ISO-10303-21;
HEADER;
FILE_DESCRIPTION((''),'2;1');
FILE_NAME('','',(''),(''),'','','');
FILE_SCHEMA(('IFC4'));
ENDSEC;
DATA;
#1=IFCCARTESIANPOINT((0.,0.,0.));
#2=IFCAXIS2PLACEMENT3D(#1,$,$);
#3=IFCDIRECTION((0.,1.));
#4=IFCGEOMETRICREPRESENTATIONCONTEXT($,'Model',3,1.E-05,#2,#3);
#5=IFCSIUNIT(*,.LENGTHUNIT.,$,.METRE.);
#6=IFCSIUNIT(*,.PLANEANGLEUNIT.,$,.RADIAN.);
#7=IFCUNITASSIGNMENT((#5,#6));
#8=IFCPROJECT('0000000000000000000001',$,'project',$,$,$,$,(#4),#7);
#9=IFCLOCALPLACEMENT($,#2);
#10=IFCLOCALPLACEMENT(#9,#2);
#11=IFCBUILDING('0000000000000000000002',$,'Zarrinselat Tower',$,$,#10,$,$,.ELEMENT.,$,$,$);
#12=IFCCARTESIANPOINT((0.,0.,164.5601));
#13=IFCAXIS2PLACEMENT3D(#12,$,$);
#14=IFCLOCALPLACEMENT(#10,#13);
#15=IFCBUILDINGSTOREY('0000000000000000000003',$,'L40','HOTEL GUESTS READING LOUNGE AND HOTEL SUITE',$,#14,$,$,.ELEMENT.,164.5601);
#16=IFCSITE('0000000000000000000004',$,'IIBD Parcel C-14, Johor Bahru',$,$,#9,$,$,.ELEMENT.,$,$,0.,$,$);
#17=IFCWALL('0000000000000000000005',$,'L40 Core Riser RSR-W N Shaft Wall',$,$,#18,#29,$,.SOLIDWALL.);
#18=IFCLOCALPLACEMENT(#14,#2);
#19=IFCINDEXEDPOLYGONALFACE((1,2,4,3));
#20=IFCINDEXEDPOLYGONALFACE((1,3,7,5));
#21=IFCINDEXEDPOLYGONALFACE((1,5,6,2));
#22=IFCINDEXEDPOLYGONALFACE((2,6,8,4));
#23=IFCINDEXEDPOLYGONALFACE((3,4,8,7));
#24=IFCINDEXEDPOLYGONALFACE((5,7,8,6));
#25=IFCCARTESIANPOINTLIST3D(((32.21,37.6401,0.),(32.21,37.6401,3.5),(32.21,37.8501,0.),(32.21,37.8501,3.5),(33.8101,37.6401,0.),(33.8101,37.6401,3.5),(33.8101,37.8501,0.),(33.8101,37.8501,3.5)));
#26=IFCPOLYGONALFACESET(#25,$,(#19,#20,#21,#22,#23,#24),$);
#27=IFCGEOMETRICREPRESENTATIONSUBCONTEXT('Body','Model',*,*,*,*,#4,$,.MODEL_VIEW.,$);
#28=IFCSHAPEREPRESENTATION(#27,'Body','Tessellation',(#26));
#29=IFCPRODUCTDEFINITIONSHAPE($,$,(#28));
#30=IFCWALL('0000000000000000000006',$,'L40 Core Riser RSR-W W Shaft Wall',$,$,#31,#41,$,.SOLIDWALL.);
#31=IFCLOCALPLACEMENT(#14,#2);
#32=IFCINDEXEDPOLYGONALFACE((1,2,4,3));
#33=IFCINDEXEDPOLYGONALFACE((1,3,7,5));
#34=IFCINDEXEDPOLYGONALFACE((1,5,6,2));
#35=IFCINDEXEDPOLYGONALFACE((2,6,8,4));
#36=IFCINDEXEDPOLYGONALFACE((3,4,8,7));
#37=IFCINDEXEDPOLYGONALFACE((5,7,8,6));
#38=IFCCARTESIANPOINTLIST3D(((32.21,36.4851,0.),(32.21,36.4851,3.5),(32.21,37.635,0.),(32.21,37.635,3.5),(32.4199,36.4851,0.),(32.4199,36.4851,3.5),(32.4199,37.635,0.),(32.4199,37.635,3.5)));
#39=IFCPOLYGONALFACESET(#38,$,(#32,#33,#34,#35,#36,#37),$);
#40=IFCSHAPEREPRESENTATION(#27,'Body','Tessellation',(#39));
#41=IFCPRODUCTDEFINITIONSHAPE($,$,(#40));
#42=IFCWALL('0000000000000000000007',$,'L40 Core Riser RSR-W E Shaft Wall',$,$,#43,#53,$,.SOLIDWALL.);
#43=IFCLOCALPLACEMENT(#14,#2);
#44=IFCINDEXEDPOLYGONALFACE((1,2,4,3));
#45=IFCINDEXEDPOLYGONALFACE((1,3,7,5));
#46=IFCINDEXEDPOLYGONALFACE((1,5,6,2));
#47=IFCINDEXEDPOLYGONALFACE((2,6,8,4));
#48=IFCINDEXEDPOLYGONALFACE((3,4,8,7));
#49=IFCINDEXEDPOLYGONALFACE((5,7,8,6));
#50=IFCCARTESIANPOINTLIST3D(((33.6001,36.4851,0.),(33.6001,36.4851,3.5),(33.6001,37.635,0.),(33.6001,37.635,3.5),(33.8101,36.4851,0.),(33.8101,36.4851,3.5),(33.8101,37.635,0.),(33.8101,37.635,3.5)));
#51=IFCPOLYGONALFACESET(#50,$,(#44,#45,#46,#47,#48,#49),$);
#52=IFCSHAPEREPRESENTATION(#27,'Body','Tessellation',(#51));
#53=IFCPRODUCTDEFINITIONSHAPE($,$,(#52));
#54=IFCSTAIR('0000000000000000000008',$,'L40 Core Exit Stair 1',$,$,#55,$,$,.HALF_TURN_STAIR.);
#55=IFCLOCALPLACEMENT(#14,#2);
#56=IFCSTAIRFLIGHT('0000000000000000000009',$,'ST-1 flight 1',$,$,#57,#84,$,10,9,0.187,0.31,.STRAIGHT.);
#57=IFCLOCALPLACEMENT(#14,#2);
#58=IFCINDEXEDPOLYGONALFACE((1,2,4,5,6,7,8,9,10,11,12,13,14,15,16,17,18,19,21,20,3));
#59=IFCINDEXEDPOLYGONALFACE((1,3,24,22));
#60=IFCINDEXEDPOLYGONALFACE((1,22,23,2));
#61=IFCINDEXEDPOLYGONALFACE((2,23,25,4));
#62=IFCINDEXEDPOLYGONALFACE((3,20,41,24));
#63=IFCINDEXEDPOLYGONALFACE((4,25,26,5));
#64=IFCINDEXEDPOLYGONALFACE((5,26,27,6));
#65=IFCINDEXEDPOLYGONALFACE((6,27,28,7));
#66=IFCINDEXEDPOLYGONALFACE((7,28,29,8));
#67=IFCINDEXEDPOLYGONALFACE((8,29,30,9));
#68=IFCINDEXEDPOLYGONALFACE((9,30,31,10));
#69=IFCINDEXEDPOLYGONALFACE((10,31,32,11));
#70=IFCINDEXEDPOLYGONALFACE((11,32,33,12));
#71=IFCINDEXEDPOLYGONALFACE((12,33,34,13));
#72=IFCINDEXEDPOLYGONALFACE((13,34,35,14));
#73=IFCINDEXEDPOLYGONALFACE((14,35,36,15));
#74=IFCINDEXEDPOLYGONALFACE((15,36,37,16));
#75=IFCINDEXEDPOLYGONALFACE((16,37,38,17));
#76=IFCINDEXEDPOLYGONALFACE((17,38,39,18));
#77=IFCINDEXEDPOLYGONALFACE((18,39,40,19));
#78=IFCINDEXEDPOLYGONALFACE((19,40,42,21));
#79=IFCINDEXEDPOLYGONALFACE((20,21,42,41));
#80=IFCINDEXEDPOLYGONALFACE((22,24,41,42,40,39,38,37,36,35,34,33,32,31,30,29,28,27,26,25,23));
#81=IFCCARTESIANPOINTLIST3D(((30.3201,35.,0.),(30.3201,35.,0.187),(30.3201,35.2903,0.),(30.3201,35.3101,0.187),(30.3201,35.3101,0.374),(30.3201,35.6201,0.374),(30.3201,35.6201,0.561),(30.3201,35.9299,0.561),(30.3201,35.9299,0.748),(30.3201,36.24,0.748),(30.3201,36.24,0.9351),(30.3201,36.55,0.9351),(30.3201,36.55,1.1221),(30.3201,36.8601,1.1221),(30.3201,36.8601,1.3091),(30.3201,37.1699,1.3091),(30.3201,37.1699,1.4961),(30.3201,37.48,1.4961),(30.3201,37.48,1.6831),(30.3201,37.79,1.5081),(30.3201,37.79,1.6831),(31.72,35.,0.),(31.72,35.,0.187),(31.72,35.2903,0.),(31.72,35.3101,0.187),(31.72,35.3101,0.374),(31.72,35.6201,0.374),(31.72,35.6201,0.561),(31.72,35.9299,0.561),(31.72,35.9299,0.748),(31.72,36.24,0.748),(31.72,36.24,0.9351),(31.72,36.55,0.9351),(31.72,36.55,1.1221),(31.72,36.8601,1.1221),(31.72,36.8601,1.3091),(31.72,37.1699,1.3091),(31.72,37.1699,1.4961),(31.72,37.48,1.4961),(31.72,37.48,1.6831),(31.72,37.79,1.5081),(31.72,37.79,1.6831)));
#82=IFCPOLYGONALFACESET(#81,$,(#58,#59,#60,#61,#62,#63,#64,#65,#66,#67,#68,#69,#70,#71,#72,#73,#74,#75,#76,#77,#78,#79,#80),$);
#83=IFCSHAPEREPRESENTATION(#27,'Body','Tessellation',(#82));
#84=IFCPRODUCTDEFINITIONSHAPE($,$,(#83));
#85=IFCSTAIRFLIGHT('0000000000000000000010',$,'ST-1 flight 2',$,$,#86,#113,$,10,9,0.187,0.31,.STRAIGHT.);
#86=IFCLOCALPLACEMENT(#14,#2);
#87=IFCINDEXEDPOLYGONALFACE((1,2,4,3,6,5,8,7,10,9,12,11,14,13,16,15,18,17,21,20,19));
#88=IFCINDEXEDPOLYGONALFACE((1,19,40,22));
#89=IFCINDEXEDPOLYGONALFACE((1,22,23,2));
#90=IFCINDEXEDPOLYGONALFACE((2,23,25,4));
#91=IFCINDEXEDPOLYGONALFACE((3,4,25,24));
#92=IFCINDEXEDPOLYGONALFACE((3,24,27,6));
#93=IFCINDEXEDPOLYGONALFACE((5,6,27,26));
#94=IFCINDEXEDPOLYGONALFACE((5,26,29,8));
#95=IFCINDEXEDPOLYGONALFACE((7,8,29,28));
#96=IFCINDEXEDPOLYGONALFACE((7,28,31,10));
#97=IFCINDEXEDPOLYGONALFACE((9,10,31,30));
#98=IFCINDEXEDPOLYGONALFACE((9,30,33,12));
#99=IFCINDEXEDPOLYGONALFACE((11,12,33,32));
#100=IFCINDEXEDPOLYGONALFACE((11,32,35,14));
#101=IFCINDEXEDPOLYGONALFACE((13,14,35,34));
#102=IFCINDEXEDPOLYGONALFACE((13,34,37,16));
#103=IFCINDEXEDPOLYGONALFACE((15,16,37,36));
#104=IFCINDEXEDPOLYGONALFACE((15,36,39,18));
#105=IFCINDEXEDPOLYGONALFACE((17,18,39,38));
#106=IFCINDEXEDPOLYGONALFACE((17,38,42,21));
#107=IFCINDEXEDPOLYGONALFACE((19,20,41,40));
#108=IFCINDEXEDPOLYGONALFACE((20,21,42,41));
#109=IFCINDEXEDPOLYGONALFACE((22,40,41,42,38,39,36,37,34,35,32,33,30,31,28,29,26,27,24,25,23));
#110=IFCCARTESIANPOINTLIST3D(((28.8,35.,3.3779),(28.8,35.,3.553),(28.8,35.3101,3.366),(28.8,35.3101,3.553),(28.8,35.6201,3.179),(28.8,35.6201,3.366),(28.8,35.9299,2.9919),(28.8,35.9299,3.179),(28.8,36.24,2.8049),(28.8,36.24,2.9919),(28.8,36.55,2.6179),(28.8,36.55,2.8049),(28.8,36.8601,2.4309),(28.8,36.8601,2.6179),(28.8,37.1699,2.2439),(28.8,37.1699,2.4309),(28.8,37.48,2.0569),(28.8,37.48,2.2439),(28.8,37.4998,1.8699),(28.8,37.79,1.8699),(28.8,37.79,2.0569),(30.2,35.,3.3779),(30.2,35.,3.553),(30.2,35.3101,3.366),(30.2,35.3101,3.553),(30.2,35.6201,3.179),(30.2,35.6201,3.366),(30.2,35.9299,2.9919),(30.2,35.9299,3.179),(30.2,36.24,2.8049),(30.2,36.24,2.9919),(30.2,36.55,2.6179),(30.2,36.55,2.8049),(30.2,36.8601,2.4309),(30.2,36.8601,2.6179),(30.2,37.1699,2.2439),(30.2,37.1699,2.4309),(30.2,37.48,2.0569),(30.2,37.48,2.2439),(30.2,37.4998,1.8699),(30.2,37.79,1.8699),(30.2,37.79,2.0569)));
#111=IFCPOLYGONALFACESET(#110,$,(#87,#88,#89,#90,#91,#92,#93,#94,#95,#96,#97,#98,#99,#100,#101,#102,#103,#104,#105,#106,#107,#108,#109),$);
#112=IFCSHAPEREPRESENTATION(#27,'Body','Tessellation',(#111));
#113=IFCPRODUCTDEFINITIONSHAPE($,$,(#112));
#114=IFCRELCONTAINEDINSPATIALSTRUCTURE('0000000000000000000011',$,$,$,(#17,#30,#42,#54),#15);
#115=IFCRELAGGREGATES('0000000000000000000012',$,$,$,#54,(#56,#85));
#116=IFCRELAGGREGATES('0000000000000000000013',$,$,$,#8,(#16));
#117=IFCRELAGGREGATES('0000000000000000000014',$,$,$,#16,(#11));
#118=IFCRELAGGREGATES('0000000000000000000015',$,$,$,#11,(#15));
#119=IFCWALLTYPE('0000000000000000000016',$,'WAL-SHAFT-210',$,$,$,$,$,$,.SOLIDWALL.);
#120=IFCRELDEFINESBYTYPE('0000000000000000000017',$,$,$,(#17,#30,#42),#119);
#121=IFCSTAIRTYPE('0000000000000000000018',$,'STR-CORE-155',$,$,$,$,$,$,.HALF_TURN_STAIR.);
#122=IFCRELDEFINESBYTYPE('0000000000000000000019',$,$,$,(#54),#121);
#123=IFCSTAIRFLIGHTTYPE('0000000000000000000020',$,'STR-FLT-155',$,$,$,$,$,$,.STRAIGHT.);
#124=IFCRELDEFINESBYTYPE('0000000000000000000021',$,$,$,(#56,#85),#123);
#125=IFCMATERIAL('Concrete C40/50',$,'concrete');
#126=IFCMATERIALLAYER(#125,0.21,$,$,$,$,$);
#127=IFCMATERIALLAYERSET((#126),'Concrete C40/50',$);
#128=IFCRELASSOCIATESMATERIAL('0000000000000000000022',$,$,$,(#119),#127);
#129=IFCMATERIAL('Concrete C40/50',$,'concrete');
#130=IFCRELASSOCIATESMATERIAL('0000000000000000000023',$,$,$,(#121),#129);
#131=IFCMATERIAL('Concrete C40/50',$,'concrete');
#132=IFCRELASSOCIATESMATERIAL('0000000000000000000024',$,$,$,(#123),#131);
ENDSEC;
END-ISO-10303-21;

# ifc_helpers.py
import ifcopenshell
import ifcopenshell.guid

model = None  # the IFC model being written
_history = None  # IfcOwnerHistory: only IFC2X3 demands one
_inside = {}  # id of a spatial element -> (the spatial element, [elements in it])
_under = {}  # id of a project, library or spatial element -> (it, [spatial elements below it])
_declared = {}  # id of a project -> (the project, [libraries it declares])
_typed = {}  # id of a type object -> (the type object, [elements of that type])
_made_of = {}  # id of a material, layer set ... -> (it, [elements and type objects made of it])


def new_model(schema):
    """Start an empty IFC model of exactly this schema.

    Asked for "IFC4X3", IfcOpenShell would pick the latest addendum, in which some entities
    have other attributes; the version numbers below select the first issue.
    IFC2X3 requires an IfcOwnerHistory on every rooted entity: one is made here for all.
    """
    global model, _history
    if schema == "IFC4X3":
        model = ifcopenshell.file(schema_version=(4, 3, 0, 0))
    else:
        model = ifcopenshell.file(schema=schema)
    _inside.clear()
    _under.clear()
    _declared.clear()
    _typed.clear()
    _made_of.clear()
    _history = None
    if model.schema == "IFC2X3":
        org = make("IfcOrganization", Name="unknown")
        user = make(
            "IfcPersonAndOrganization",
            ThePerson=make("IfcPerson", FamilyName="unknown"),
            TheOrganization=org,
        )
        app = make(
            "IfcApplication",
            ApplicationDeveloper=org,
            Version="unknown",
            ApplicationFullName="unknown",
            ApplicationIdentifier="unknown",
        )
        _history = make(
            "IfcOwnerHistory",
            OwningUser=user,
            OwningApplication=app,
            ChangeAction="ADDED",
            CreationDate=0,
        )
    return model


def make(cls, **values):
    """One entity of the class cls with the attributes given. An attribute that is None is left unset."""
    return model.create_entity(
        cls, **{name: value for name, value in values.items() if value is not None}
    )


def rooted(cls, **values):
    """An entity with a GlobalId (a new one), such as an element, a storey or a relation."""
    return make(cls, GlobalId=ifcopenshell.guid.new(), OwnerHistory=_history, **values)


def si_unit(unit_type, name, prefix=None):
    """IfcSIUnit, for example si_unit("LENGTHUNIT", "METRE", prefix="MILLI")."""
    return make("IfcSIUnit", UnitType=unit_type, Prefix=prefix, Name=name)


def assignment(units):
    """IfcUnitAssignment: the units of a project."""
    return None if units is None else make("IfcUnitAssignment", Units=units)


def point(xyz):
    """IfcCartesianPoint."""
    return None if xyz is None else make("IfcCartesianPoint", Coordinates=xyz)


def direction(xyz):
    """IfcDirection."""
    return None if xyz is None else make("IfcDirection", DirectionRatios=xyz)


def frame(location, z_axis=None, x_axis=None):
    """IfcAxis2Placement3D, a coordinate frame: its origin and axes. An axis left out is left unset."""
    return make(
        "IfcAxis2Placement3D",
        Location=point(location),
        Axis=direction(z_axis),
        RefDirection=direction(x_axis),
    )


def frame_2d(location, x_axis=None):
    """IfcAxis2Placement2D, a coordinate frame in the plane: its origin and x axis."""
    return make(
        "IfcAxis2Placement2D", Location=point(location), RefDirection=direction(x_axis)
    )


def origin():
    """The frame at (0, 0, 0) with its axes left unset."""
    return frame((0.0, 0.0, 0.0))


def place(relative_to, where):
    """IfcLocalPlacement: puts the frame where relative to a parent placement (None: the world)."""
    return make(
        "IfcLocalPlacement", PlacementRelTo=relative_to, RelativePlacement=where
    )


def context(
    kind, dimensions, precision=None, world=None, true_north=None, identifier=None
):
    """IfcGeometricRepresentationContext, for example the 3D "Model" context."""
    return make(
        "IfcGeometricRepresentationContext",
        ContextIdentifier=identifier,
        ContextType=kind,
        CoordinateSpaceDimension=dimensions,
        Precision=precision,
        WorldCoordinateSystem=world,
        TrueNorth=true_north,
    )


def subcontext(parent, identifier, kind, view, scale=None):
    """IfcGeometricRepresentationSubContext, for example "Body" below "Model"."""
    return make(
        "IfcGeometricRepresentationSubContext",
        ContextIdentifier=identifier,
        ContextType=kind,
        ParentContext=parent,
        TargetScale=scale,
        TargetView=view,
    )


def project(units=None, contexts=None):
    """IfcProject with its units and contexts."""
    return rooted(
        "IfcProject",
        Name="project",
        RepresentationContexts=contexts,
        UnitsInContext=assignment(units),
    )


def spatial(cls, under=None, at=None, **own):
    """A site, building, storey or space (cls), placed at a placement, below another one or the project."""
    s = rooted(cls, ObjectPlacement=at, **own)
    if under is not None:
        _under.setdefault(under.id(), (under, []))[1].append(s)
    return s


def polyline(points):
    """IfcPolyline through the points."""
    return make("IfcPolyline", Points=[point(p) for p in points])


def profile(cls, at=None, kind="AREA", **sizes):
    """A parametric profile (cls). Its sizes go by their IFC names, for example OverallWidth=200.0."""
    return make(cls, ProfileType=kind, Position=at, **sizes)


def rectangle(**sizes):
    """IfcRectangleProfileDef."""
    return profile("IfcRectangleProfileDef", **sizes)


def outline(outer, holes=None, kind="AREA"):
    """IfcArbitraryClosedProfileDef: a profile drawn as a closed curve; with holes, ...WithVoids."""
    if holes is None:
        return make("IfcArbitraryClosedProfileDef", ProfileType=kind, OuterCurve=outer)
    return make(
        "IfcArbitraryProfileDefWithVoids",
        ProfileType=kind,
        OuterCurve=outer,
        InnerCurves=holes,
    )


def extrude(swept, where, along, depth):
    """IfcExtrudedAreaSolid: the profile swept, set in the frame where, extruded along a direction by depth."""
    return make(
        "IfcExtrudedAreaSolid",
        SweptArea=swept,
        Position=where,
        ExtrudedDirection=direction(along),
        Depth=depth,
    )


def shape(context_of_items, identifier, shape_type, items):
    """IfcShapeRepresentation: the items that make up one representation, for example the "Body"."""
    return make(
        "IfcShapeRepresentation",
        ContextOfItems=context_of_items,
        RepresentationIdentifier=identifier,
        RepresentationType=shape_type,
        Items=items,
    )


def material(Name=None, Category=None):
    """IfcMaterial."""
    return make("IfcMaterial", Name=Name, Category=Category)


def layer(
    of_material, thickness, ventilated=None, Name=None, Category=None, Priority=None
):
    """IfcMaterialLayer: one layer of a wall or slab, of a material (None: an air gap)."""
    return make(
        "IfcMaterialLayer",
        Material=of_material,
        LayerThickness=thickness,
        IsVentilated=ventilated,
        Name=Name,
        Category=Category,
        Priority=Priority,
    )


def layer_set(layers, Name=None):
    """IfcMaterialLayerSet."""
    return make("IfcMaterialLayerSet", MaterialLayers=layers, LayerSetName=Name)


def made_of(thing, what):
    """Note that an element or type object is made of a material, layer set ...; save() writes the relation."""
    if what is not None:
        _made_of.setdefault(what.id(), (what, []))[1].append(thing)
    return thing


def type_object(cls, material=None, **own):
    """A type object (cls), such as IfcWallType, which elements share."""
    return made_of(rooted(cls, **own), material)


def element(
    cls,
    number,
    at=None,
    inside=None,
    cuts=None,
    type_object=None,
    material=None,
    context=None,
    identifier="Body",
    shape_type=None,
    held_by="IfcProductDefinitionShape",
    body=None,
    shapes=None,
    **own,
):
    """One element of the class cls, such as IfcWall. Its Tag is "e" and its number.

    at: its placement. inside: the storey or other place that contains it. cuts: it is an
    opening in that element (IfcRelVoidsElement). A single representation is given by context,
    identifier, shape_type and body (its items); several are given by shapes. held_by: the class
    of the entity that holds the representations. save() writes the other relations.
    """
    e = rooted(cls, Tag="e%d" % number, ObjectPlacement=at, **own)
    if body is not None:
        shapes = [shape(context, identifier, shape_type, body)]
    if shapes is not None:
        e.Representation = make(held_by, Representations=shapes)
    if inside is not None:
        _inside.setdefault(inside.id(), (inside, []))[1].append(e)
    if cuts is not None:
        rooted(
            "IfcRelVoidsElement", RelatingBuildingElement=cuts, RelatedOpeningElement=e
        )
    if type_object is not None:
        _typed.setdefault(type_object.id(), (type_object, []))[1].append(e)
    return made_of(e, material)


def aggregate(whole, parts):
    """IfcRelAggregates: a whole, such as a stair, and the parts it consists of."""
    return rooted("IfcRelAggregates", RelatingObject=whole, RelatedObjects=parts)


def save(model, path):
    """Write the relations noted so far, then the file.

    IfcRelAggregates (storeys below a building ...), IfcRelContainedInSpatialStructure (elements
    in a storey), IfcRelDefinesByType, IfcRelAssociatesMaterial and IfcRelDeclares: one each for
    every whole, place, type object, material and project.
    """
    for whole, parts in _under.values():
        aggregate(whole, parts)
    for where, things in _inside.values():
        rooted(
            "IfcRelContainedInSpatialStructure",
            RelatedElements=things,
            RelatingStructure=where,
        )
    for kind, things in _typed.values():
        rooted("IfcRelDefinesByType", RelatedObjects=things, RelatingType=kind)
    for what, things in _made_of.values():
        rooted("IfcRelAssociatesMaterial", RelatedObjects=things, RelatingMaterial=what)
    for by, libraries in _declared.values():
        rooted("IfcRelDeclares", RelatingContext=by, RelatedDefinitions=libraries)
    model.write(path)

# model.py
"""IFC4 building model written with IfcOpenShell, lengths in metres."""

from ifc_helpers import new_model, si_unit, direction, frame, frame_2d, origin, place, context, subcontext, project, spatial, polyline, rectangle, outline, extrude, material, layer, layer_set, type_object, element, aggregate, save


model = new_model("IFC4")

# Units and contexts
model_context = context("Model", 3, precision=1e-05, world=origin(), true_north=direction((0.0, 1.0)))
body_context = subcontext(model_context, "Body", "Model", "MODEL_VIEW")
ifc_project = project(units=[si_unit("LENGTHUNIT", "METRE"), si_unit("PLANEANGLEUNIT", "RADIAN")], contexts=[model_context])

# Site, building, storey
site_placement = place(None, origin())
site = spatial("IfcSite", under=ifc_project, at=site_placement, Name="IIBD Parcel C-14, Johor Bahru", CompositionType="ELEMENT", RefElevation=0.0)
building_placement = place(site_placement, origin())
building = spatial("IfcBuilding", under=site, at=building_placement, Name="Zarrinselat Tower", CompositionType="ELEMENT")
storey_placement = place(building_placement, frame((0.0, 0.0, 164.5601)))
storey = spatial("IfcBuildingStorey", under=building, at=storey_placement, Name="L40", Description="HOTEL GUESTS READING LOUNGE AND HOTEL SUITE", CompositionType="ELEMENT", Elevation=164.5601)

# Shared definitions
ifc_material_1 = material(Name="Concrete C40/50", Category="concrete")
ifc_layer_1 = layer(ifc_material_1, 0.21)
ifc_layer_set_1 = layer_set([ifc_layer_1], Name="Concrete C40/50")
wall_type_1 = type_object("IfcWallType", Name="WAL-SHAFT-210", PredefinedType="SOLIDWALL", material=ifc_layer_set_1)

# Walls
for number, where, z_axis, x_axis, name in (
    (1, (32.21, 37.7451, 0.0), (0.0, 0.0, 1.0), (1.0, 0.0, 0.0), "L40 Core Riser RSR-W N Shaft Wall"),
):
    element("IfcWall", number, at=place(storey_placement, frame(where, z_axis=z_axis, x_axis=x_axis)), inside=storey, type_object=wall_type_1, Name=name, PredefinedType="SOLIDWALL", context=body_context, shape_type="SweptSolid", body=[
        extrude(rectangle(XDim=1.6001, YDim=0.21, at=frame_2d((0.8, 0.0))), origin(), (0.0, 0.0, 1.0), 3.5),
    ])
for number, where, z_axis, x_axis, name in (
    (2, (32.3149, 36.4851, 0.0), (0.0, 0.0, 1.0), (0.0, 1.0, 0.0), "L40 Core Riser RSR-W W Shaft Wall"),
    (3, (33.7051, 36.4851, 0.0), (0.0, 0.0, 1.0), (0.0, 1.0, 0.0), "L40 Core Riser RSR-W E Shaft Wall"),
):
    element("IfcWall", number, at=place(storey_placement, frame(where, z_axis=z_axis, x_axis=x_axis)), inside=storey, type_object=wall_type_1, Name=name, PredefinedType="SOLIDWALL", context=body_context, shape_type="SweptSolid", body=[
        extrude(rectangle(XDim=1.1499, YDim=0.21, at=frame_2d((0.575, 0.0))), origin(), (0.0, 0.0, 1.0), 3.5),
    ])

# Stair, stair flights
ifc_material_2 = material(Name="Concrete C40/50", Category="concrete")
stair_type = type_object("IfcStairType", Name="STR-CORE-155", PredefinedType="HALF_TURN_STAIR", material=ifc_material_2)
stair_placement = place(storey_placement, origin())
stair = element("IfcStair", 4, at=stair_placement, inside=storey, type_object=stair_type, Name="L40 Core Exit Stair 1", PredefinedType="HALF_TURN_STAIR")
ifc_material_3 = material(Name="Concrete C40/50", Category="concrete")
stair_flight_type = type_object("IfcStairFlightType", Name="STR-FLT-155", PredefinedType="STRAIGHT", material=ifc_material_3)
stair_flight_1_placement = place(storey_placement, frame((31.02, 35.0, 0.0), z_axis=(0.0, 0.0, 1.0), x_axis=(0.0, 1.0, 0.0)))
stair_flight_1 = element("IfcStairFlight", 5, at=stair_flight_1_placement, type_object=stair_flight_type, Name="ST-1 flight 1", NumberOfRisers=10, NumberOfTreads=9, PredefinedType="STRAIGHT", RiserHeight=0.187, TreadLength=0.31, context=body_context, shape_type="SweptSolid", body=[
    extrude(outline(polyline([(0.0, 0.0), (0.0, 0.187), (0.3101, 0.187), (0.3101, 0.374), (0.6201, 0.374), (0.6201, 0.561), (0.9299, 0.561), (0.9299, 0.748), (1.24, 0.748), (1.24, 0.9351), (1.55, 0.9351), (1.55, 1.1221), (1.8601, 1.1221), (1.8601, 1.3091), (2.1699, 1.3091), (2.1699, 1.4961), (2.48, 1.4961), (2.48, 1.6831), (2.79, 1.6831), (2.79, 1.8701), (2.79, 1.5081), (0.2903, 0.0), (0.0, 0.0)])), frame((0.0, 0.7, 0.0), z_axis=(0.0, -1.0, 0.0), x_axis=(1.0, 0.0, 0.0)), (0.0, 0.0, 1.0), 1.3999),
])
stair_flight_2_placement = place(storey_placement, frame((29.5, 37.79, 1.8699), z_axis=(0.0, 0.0, 1.0), x_axis=(0.0, -1.0, 0.0)))
stair_flight_2 = element("IfcStairFlight", 6, at=stair_flight_2_placement, type_object=stair_flight_type, Name="ST-1 flight 2", NumberOfRisers=10, NumberOfTreads=9, PredefinedType="STRAIGHT", RiserHeight=0.187, TreadLength=0.31, context=body_context, shape_type="SweptSolid", body=[
    extrude(outline(polyline([(0.0, 0.0), (0.0, 0.187), (0.3101, 0.187), (0.3101, 0.374), (0.6201, 0.374), (0.6201, 0.561), (0.9299, 0.561), (0.9299, 0.748), (1.24, 0.748), (1.24, 0.9351), (1.55, 0.9351), (1.55, 1.1221), (1.8601, 1.1221), (1.8601, 1.3091), (2.1699, 1.3091), (2.1699, 1.4961), (2.48, 1.4961), (2.48, 1.6831), (2.79, 1.6831), (2.79, 1.8701), (2.79, 1.5081), (0.2903, 0.0), (0.0, 0.0)])), frame((0.0, 0.7, 0.0), z_axis=(0.0, -1.0, 0.0), x_axis=(1.0, 0.0, 0.0)), (0.0, 0.0, 1.0), 1.3999),
])
aggregate(stair, [stair_flight_1, stair_flight_2])

save(model, "model.ifc")
